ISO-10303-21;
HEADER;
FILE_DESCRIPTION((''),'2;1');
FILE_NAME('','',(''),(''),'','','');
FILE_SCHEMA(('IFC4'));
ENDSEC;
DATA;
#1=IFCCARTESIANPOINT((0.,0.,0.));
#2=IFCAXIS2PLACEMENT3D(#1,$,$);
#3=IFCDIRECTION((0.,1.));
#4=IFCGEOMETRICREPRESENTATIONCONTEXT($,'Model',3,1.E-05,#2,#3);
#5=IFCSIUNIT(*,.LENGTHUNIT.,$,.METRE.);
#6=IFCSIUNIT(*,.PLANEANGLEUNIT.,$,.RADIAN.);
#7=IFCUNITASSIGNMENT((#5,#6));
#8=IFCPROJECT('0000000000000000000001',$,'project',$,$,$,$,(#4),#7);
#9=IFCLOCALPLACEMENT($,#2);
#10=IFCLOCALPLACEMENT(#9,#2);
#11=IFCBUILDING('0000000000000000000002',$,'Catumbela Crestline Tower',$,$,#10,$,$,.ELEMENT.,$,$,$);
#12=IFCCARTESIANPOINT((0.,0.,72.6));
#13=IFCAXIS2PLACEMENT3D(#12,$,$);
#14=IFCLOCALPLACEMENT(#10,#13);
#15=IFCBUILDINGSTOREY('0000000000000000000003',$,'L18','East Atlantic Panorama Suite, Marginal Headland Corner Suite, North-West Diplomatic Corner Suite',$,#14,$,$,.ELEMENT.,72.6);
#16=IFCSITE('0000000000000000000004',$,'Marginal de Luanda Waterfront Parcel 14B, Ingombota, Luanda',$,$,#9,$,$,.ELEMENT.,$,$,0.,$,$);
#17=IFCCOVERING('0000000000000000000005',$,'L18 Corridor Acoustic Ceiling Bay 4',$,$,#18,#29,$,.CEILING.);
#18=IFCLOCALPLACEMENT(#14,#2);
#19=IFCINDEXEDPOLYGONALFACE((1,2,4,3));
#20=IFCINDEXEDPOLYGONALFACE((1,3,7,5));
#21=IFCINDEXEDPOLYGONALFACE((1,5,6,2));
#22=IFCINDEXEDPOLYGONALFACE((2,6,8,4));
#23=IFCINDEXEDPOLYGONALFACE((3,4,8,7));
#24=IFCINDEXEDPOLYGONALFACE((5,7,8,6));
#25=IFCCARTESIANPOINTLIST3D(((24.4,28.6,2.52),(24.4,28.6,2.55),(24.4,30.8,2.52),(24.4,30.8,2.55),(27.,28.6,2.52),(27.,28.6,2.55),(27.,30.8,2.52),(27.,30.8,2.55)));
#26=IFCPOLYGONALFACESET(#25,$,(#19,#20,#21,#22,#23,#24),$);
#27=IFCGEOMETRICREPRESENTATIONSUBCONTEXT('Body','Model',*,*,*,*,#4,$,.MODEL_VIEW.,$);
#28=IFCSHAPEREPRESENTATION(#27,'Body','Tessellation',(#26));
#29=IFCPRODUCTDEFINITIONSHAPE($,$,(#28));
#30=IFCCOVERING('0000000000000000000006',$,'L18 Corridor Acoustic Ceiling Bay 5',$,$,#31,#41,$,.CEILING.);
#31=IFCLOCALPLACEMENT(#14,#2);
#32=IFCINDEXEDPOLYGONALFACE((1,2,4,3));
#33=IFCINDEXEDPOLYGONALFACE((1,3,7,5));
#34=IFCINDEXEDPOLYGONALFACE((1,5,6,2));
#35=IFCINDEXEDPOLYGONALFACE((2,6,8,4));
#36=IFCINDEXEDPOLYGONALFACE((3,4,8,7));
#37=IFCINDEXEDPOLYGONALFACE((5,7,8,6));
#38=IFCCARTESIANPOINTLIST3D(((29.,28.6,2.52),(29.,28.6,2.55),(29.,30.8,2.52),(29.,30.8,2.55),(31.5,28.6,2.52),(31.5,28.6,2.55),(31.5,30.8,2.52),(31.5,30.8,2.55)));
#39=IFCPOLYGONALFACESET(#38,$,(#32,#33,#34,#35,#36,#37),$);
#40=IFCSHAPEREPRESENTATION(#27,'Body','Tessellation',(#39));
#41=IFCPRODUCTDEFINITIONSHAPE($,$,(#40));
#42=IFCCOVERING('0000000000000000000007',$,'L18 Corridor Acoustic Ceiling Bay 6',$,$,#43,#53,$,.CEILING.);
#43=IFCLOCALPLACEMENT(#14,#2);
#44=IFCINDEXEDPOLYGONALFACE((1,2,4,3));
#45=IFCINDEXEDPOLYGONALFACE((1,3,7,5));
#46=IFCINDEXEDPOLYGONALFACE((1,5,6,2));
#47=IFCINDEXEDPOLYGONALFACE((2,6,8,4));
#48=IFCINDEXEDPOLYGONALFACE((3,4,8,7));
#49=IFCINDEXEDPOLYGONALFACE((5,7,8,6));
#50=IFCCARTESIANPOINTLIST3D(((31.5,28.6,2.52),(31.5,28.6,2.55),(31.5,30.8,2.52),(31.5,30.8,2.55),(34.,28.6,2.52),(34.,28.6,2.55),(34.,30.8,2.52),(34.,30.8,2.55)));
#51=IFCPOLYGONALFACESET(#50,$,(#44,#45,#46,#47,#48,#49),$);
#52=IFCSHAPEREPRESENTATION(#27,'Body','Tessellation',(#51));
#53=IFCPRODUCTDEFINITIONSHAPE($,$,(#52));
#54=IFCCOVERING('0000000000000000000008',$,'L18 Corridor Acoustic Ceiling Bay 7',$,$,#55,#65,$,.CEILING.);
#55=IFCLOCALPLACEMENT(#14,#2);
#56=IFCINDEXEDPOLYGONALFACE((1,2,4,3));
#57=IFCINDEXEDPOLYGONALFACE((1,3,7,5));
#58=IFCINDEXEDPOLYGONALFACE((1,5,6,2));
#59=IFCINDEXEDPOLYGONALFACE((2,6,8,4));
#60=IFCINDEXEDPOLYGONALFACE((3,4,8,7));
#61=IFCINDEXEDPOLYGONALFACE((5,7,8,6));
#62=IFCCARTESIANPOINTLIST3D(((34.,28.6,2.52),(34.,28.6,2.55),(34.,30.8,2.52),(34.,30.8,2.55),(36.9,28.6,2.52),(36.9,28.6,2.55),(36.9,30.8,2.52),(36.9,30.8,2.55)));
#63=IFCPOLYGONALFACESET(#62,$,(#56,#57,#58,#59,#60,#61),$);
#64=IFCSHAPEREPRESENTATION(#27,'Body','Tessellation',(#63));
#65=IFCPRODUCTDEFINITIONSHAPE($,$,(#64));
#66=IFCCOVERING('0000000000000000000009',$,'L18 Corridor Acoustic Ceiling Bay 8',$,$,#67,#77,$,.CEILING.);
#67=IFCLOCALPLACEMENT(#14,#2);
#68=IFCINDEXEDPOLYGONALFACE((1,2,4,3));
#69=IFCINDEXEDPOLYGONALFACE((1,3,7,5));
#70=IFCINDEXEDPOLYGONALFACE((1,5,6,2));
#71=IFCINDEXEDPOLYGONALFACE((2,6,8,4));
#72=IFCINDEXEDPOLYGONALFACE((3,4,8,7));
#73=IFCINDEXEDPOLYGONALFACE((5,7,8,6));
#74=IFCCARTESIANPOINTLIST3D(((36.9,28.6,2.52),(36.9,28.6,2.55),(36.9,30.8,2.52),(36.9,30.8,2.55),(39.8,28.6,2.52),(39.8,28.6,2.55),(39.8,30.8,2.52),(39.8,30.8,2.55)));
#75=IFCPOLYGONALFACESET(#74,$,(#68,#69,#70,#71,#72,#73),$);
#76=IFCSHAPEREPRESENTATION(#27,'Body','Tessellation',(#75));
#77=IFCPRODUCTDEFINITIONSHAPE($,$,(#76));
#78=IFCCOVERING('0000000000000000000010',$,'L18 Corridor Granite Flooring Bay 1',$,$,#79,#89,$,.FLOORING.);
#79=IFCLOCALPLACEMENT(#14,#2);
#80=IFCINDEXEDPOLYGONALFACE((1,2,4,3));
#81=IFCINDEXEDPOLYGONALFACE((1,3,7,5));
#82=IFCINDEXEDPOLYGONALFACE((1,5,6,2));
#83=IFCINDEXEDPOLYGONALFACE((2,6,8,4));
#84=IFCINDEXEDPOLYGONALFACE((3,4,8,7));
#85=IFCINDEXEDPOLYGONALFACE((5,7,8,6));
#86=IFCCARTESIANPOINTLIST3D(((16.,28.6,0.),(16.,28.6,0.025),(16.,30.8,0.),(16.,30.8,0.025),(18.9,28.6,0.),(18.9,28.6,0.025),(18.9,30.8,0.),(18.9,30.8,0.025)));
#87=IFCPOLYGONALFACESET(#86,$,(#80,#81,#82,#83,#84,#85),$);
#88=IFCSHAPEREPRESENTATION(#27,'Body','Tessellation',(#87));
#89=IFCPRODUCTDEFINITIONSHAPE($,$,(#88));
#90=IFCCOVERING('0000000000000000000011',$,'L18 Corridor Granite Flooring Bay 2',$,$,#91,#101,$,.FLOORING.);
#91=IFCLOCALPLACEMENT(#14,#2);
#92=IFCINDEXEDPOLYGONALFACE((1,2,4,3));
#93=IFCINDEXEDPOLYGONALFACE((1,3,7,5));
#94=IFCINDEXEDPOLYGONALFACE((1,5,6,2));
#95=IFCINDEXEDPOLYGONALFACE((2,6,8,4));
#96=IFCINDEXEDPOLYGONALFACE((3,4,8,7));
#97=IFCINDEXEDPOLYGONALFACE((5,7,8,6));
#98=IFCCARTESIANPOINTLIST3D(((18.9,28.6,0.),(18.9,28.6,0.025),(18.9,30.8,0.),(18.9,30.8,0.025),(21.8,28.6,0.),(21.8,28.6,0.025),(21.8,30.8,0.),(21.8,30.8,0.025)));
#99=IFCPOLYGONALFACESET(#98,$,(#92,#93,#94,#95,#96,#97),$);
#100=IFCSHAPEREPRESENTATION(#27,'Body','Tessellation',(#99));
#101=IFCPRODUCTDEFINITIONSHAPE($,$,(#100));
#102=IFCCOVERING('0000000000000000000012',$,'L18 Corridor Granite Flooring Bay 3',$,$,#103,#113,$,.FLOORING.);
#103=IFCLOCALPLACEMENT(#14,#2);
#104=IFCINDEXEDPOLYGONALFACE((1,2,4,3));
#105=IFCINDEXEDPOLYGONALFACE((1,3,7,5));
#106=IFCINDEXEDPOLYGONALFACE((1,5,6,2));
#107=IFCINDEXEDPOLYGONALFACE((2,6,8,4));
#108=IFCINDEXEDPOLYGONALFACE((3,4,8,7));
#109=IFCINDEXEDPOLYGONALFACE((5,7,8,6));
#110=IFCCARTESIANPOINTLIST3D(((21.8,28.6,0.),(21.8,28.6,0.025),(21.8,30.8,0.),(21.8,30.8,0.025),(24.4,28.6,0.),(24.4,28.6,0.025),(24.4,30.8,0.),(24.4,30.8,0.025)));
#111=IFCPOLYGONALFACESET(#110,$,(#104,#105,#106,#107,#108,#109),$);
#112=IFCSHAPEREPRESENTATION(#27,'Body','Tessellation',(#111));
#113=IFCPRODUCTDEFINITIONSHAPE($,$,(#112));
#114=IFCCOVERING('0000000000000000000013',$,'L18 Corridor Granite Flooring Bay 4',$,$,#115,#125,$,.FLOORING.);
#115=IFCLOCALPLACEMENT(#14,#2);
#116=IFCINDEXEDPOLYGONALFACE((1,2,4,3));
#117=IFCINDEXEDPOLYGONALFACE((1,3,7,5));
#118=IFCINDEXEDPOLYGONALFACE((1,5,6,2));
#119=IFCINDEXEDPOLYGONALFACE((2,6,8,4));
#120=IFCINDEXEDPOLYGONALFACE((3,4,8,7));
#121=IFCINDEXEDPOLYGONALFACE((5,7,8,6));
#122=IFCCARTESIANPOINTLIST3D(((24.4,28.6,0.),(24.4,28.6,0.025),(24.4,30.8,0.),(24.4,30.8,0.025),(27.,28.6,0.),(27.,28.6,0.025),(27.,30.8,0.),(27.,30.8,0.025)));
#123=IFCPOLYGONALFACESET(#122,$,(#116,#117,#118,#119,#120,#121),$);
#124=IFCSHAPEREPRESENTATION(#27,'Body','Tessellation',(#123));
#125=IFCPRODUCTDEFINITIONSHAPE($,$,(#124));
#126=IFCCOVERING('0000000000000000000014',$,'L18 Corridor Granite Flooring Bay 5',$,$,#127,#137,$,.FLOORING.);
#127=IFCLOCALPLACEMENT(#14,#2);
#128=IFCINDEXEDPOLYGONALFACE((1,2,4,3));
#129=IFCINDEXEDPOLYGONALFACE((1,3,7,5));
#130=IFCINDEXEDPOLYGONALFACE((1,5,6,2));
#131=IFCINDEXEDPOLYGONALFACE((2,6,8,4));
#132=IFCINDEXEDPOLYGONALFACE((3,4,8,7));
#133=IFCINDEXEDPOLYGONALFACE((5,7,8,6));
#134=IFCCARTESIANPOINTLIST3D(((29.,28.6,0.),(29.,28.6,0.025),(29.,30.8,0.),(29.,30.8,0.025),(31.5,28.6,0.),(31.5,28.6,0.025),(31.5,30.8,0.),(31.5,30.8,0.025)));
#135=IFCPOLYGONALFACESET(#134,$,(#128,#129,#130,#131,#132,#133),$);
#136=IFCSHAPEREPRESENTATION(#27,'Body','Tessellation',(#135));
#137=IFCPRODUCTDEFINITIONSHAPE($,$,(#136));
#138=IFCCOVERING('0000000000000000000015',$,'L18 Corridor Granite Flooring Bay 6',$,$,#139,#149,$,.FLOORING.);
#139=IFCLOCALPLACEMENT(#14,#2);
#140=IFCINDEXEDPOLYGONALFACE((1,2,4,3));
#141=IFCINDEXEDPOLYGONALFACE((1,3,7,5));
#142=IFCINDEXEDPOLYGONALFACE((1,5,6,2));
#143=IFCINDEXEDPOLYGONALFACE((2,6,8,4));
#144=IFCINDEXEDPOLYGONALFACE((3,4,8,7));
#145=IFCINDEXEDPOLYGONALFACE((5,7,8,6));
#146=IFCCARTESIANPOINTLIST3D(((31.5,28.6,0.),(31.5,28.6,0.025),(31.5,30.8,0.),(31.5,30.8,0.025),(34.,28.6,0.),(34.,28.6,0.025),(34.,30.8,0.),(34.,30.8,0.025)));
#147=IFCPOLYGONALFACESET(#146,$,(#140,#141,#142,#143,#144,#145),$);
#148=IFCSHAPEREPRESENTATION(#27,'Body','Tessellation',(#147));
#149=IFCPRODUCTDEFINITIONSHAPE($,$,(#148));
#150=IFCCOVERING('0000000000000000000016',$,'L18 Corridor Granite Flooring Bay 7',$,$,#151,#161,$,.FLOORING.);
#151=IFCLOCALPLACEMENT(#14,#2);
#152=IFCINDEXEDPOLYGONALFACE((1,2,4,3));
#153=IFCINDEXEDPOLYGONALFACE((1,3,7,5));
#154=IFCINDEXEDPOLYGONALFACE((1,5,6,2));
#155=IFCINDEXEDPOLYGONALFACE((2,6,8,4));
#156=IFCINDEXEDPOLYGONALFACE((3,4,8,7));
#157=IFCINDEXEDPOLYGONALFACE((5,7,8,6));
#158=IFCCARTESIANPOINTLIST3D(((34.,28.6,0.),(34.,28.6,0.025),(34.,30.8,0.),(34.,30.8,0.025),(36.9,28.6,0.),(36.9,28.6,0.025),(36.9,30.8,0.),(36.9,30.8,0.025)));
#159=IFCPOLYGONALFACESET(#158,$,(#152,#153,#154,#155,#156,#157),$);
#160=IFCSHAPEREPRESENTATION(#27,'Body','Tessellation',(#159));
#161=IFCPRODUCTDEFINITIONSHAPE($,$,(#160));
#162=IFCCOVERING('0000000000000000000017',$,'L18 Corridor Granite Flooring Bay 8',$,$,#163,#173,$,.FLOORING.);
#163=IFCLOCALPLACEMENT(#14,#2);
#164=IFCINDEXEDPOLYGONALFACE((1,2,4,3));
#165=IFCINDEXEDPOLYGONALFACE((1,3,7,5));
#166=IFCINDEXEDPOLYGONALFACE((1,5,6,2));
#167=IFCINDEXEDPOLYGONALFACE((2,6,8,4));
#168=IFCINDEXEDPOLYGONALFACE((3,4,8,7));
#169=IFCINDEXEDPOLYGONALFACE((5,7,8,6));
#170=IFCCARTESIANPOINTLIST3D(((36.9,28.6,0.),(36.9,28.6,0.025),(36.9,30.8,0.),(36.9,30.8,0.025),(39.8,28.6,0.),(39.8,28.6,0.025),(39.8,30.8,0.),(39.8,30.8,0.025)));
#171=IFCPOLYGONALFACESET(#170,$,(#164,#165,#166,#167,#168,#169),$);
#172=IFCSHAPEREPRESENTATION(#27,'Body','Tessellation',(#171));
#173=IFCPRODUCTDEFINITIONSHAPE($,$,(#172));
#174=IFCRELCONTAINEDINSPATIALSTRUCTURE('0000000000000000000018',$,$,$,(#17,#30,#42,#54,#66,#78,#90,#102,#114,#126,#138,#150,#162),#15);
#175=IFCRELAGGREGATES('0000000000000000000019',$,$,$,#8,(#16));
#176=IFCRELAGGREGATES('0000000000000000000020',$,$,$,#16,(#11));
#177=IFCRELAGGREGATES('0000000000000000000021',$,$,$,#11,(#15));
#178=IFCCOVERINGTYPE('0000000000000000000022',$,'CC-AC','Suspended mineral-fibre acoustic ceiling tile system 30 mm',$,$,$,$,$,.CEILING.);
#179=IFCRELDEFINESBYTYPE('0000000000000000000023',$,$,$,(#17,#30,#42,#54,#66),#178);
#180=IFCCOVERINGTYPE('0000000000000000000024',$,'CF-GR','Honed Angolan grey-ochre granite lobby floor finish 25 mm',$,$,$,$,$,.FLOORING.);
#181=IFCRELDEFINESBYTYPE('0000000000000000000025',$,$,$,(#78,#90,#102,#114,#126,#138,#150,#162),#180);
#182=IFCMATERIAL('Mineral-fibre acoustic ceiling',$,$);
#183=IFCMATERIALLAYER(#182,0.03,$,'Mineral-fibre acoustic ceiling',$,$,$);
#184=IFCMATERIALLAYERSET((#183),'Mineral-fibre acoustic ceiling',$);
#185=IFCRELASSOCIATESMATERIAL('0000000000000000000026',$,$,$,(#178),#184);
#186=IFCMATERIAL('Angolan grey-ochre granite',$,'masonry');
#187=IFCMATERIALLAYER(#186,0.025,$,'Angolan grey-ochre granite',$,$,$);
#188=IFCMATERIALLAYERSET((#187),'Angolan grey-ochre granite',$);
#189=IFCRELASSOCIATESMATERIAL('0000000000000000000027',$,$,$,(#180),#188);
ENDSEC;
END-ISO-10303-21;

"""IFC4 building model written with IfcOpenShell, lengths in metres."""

from ifc_helpers import new_model, si_unit, direction, frame, origin, place, context, subcontext, project, spatial, polyline, outline, extrude, material, layer, layer_set, type_object, element, save


model = new_model("IFC4")

# Units and contexts
model_context = context("Model", 3, precision=1e-05, world=origin(), true_north=direction((0.0, 1.0)))
body_context = subcontext(model_context, "Body", "Model", "MODEL_VIEW")
ifc_project = project(units=[si_unit("LENGTHUNIT", "METRE"), si_unit("PLANEANGLEUNIT", "RADIAN")], contexts=[model_context])

# Site, building, storey
site_placement = place(None, origin())
site = spatial("IfcSite", under=ifc_project, at=site_placement, Name="Marginal de Luanda Waterfront Parcel 14B, Ingombota, Luanda", CompositionType="ELEMENT", RefElevation=0.0)
building_placement = place(site_placement, origin())
building = spatial("IfcBuilding", under=site, at=building_placement, Name="Catumbela Crestline Tower", CompositionType="ELEMENT")
storey_placement = place(building_placement, frame((0.0, 0.0, 72.6)))
storey = spatial("IfcBuildingStorey", under=building, at=storey_placement, Name="L18", Description="East Atlantic Panorama Suite, Marginal Headland Corner Suite, North-West Diplomatic Corner Suite", CompositionType="ELEMENT", Elevation=72.6)

# Shared definitions
ifc_material_1 = material(Name="Angolan grey-ochre granite", Category="masonry")

# Coverings
ifc_material_2 = material(Name="Mineral-fibre acoustic ceiling")
ifc_layer_1 = layer(ifc_material_2, 0.03, Name="Mineral-fibre acoustic ceiling")
ifc_layer_set_1 = layer_set([ifc_layer_1], Name="Mineral-fibre acoustic ceiling")
covering_type_1 = type_object("IfcCoveringType", Name="CC-AC", Description="Suspended mineral-fibre acoustic ceiling tile system 30 mm", PredefinedType="CEILING", material=ifc_layer_set_1)
covering_1_placement = place(storey_placement, frame((0.0, 0.0, 2.52)))
element("IfcCovering", 1, at=covering_1_placement, inside=storey, type_object=covering_type_1, Name="L18 Corridor Acoustic Ceiling Bay 4", PredefinedType="CEILING", context=body_context, shape_type="SweptSolid", body=[
    extrude(outline(polyline([(24.4, 28.6), (27.0, 28.6), (27.0, 30.8), (24.4, 30.8), (24.4, 28.6)])), origin(), (0.0, 0.0, 1.0), 0.03),
])
covering_2_placement = place(storey_placement, frame((0.0, 0.0, 2.52)))
element("IfcCovering", 2, at=covering_2_placement, inside=storey, type_object=covering_type_1, Name="L18 Corridor Acoustic Ceiling Bay 5", PredefinedType="CEILING", context=body_context, shape_type="SweptSolid", body=[
    extrude(outline(polyline([(29.0, 28.6), (31.5, 28.6), (31.5, 30.8), (29.0, 30.8), (29.0, 28.6)])), origin(), (0.0, 0.0, 1.0), 0.03),
])
covering_3_placement = place(storey_placement, frame((0.0, 0.0, 2.52)))
element("IfcCovering", 3, at=covering_3_placement, inside=storey, type_object=covering_type_1, Name="L18 Corridor Acoustic Ceiling Bay 6", PredefinedType="CEILING", context=body_context, shape_type="SweptSolid", body=[
    extrude(outline(polyline([(31.5, 28.6), (34.0, 28.6), (34.0, 30.8), (31.5, 30.8), (31.5, 28.6)])), origin(), (0.0, 0.0, 1.0), 0.03),
])
covering_4_placement = place(storey_placement, frame((0.0, 0.0, 2.52)))
element("IfcCovering", 4, at=covering_4_placement, inside=storey, type_object=covering_type_1, Name="L18 Corridor Acoustic Ceiling Bay 7", PredefinedType="CEILING", context=body_context, shape_type="SweptSolid", body=[
    extrude(outline(polyline([(34.0, 28.6), (36.9, 28.6), (36.9, 30.8), (34.0, 30.8), (34.0, 28.6)])), origin(), (0.0, 0.0, 1.0), 0.03),
])
covering_5_placement = place(storey_placement, frame((0.0, 0.0, 2.52)))
element("IfcCovering", 5, at=covering_5_placement, inside=storey, type_object=covering_type_1, Name="L18 Corridor Acoustic Ceiling Bay 8", PredefinedType="CEILING", context=body_context, shape_type="SweptSolid", body=[
    extrude(outline(polyline([(36.9, 28.6), (39.8, 28.6), (39.8, 30.8), (36.9, 30.8), (36.9, 28.6)])), origin(), (0.0, 0.0, 1.0), 0.03),
])
ifc_layer_2 = layer(ifc_material_1, 0.025, Name="Angolan grey-ochre granite")
ifc_layer_set_2 = layer_set([ifc_layer_2], Name="Angolan grey-ochre granite")
covering_type_2 = type_object("IfcCoveringType", Name="CF-GR", Description="Honed Angolan grey-ochre granite lobby floor finish 25 mm", PredefinedType="FLOORING", material=ifc_layer_set_2)
covering_6_placement = place(storey_placement, origin())
element("IfcCovering", 6, at=covering_6_placement, inside=storey, type_object=covering_type_2, Name="L18 Corridor Granite Flooring Bay 1", PredefinedType="FLOORING", context=body_context, shape_type="SweptSolid", body=[
    extrude(outline(polyline([(16.0, 28.6), (18.9, 28.6), (18.9, 30.8), (16.0, 30.8), (16.0, 28.6)])), origin(), (0.0, 0.0, 1.0), 0.025),
])
covering_7_placement = place(storey_placement, origin())
element("IfcCovering", 7, at=covering_7_placement, inside=storey, type_object=covering_type_2, Name="L18 Corridor Granite Flooring Bay 2", PredefinedType="FLOORING", context=body_context, shape_type="SweptSolid", body=[
    extrude(outline(polyline([(18.9, 28.6), (21.8, 28.6), (21.8, 30.8), (18.9, 30.8), (18.9, 28.6)])), origin(), (0.0, 0.0, 1.0), 0.025),
])
covering_8_placement = place(storey_placement, origin())
element("IfcCovering", 8, at=covering_8_placement, inside=storey, type_object=covering_type_2, Name="L18 Corridor Granite Flooring Bay 3", PredefinedType="FLOORING", context=body_context, shape_type="SweptSolid", body=[
    extrude(outline(polyline([(21.8, 28.6), (24.4, 28.6), (24.4, 30.8), (21.8, 30.8), (21.8, 28.6)])), origin(), (0.0, 0.0, 1.0), 0.025),
])
covering_9_placement = place(storey_placement, origin())
element("IfcCovering", 9, at=covering_9_placement, inside=storey, type_object=covering_type_2, Name="L18 Corridor Granite Flooring Bay 4", PredefinedType="FLOORING", context=body_context, shape_type="SweptSolid", body=[
    extrude(outline(polyline([(24.4, 28.6), (27.0, 28.6), (27.0, 30.8), (24.4, 30.8), (24.4, 28.6)])), origin(), (0.0, 0.0, 1.0), 0.025),
])
covering_10_placement = place(storey_placement, origin())
element("IfcCovering", 10, at=covering_10_placement, inside=storey, type_object=covering_type_2, Name="L18 Corridor Granite Flooring Bay 5", PredefinedType="FLOORING", context=body_context, shape_type="SweptSolid", body=[
    extrude(outline(polyline([(29.0, 28.6), (31.5, 28.6), (31.5, 30.8), (29.0, 30.8), (29.0, 28.6)])), origin(), (0.0, 0.0, 1.0), 0.025),
])
covering_11_placement = place(storey_placement, origin())
element("IfcCovering", 11, at=covering_11_placement, inside=storey, type_object=covering_type_2, Name="L18 Corridor Granite Flooring Bay 6", PredefinedType="FLOORING", context=body_context, shape_type="SweptSolid", body=[
    extrude(outline(polyline([(31.5, 28.6), (34.0, 28.6), (34.0, 30.8), (31.5, 30.8), (31.5, 28.6)])), origin(), (0.0, 0.0, 1.0), 0.025),
])
covering_12_placement = place(storey_placement, origin())
element("IfcCovering", 12, at=covering_12_placement, inside=storey, type_object=covering_type_2, Name="L18 Corridor Granite Flooring Bay 7", PredefinedType="FLOORING", context=body_context, shape_type="SweptSolid", body=[
    extrude(outline(polyline([(34.0, 28.6), (36.9, 28.6), (36.9, 30.8), (34.0, 30.8), (34.0, 28.6)])), origin(), (0.0, 0.0, 1.0), 0.025),
])
covering_13_placement = place(storey_placement, origin())
element("IfcCovering", 13, at=covering_13_placement, inside=storey, type_object=covering_type_2, Name="L18 Corridor Granite Flooring Bay 8", PredefinedType="FLOORING", context=body_context, shape_type="SweptSolid", body=[
    extrude(outline(polyline([(36.9, 28.6), (39.8, 28.6), (39.8, 30.8), (36.9, 30.8), (36.9, 28.6)])), origin(), (0.0, 0.0, 1.0), 0.025),
])

save(model, "model.ifc")
